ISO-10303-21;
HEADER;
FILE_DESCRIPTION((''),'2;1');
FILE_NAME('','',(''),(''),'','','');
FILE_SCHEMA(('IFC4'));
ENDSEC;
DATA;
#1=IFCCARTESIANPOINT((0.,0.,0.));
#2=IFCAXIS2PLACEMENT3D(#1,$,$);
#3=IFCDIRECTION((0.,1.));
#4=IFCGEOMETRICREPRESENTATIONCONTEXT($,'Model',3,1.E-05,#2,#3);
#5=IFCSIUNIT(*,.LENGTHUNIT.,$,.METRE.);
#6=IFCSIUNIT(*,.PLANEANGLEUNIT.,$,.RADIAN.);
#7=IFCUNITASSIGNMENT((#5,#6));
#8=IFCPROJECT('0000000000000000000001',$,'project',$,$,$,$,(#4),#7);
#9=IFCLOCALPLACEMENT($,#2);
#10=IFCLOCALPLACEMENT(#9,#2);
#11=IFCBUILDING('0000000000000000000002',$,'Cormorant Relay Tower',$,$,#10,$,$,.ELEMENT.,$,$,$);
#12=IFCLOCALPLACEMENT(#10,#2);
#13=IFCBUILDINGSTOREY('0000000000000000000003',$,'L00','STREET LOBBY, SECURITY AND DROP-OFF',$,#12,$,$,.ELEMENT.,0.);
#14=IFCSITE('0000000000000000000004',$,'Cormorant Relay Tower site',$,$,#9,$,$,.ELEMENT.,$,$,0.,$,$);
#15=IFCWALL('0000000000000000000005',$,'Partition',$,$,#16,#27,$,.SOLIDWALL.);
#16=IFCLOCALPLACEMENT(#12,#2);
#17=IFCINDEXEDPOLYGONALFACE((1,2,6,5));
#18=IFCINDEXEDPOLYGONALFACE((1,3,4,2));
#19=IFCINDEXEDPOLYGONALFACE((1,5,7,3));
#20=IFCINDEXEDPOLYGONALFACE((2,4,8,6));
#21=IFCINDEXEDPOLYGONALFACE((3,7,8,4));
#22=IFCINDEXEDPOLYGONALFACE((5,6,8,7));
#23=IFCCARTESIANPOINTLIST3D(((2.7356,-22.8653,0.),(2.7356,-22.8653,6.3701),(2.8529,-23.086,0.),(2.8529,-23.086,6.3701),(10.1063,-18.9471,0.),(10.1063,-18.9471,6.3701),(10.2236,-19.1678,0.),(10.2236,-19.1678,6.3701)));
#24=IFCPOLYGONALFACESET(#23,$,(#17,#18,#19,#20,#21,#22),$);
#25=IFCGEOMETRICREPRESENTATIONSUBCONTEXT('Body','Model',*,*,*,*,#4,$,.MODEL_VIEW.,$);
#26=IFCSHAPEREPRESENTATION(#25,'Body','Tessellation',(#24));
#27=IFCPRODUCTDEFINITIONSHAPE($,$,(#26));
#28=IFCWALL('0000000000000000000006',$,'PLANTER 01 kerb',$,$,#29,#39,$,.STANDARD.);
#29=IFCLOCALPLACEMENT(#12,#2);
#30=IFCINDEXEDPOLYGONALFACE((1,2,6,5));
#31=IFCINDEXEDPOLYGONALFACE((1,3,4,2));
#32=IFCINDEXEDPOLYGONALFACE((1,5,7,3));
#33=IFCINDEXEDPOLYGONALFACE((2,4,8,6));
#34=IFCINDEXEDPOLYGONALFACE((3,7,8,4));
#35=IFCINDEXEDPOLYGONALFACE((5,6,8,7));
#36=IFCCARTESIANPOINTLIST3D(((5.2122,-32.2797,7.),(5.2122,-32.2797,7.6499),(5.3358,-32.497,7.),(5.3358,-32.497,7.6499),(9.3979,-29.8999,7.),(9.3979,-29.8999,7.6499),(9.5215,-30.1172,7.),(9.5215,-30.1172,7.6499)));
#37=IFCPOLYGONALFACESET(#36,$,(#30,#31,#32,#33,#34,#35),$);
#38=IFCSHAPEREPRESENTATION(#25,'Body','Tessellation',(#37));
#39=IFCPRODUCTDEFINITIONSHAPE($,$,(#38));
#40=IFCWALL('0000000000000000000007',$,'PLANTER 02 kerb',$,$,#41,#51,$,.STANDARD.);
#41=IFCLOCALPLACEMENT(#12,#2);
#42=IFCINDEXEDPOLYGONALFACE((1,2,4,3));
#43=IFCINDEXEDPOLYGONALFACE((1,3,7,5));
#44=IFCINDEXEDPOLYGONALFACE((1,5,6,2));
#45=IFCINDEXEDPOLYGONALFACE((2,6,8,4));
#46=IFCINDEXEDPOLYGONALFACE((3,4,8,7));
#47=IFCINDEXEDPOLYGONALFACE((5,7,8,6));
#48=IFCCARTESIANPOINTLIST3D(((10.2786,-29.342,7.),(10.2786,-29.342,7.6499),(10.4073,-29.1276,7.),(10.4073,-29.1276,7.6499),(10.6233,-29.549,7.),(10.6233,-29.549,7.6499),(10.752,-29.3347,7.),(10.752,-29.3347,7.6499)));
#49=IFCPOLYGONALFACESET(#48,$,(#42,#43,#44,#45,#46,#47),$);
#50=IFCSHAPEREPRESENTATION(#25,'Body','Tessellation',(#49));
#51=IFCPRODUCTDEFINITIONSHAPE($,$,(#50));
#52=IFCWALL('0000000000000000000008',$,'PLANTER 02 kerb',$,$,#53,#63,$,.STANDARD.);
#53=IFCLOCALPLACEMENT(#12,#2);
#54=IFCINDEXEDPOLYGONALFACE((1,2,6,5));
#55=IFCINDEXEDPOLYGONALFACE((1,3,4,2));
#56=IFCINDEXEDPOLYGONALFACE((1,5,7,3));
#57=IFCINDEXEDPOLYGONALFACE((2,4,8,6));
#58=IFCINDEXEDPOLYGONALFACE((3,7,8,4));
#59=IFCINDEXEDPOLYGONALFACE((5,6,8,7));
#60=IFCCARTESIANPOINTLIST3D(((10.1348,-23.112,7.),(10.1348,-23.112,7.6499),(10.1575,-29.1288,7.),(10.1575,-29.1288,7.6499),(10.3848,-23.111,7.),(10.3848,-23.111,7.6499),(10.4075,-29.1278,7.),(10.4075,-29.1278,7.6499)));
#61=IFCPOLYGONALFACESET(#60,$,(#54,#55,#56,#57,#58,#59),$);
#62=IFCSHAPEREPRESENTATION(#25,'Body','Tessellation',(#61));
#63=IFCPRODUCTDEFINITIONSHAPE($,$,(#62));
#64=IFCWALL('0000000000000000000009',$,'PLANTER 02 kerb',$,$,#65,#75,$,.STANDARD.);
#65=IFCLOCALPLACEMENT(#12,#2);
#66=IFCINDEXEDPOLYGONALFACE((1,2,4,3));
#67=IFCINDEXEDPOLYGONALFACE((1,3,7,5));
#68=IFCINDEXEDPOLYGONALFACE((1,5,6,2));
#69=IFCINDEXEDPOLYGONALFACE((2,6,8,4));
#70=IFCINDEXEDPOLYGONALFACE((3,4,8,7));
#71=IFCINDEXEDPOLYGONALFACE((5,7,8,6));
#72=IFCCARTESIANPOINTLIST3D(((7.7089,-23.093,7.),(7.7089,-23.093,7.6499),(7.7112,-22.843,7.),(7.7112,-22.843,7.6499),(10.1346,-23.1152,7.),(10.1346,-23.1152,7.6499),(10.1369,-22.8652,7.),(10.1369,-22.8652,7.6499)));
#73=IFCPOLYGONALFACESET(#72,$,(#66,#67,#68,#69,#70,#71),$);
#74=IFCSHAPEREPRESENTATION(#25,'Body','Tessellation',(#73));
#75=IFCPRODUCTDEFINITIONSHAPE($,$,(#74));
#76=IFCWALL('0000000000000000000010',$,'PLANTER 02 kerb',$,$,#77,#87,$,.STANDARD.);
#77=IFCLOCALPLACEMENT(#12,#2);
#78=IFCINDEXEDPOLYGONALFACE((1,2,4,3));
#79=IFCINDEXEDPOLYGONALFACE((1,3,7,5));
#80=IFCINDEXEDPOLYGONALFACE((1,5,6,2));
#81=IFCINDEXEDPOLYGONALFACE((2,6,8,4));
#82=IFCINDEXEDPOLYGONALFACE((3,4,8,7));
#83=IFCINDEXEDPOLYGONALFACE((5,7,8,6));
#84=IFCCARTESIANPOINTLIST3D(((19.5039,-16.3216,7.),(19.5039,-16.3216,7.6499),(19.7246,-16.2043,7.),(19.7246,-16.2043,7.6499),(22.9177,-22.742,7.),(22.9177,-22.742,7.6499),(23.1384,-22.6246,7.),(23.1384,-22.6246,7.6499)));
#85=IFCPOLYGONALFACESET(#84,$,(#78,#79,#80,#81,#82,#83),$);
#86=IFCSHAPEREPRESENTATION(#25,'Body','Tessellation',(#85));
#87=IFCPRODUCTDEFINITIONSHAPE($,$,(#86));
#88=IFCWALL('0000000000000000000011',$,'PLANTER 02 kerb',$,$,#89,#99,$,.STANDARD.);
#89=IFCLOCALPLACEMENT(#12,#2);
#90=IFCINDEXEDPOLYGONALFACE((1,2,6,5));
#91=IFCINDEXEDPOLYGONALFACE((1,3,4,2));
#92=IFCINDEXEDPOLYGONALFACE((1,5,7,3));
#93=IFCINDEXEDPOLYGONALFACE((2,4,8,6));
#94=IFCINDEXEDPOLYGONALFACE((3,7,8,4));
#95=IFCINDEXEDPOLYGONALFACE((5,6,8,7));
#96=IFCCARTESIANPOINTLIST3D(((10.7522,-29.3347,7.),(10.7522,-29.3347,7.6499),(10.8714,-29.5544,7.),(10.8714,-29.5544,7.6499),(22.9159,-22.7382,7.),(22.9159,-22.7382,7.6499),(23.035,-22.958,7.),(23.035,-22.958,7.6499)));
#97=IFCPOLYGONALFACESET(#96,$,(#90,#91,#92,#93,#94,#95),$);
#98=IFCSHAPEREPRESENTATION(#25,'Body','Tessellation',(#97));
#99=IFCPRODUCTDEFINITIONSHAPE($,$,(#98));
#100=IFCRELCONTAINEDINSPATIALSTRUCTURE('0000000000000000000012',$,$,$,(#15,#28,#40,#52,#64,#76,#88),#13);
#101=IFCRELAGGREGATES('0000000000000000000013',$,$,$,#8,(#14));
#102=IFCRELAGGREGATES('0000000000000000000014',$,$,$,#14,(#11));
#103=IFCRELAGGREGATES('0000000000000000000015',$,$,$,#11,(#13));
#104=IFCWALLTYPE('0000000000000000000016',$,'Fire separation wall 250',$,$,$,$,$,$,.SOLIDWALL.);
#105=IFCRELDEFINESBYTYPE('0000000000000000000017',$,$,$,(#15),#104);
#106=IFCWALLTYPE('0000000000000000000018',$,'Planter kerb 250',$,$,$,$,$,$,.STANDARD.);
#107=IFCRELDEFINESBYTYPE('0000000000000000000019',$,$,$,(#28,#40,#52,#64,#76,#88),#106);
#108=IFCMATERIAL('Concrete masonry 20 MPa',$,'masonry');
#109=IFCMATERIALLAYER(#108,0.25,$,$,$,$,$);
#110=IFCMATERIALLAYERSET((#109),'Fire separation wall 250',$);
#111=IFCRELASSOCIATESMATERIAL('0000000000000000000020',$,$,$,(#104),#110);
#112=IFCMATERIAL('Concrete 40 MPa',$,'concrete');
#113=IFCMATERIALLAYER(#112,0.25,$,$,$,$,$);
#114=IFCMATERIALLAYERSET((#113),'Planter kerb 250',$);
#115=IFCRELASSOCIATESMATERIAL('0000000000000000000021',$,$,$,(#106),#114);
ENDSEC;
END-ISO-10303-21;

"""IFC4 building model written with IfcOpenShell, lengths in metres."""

from ifc_helpers import new_model, si_unit, direction, frame, frame_2d, origin, place, context, subcontext, project, spatial, rectangle, extrude, material, layer, layer_set, type_object, element, save


model = new_model("IFC4")

# Units and contexts
model_context = context("Model", 3, precision=1e-05, world=origin(), true_north=direction((0.0, 1.0)))
body_context = subcontext(model_context, "Body", "Model", "MODEL_VIEW")
ifc_project = project(units=[si_unit("LENGTHUNIT", "METRE"), si_unit("PLANEANGLEUNIT", "RADIAN")], contexts=[model_context])

# Site, building, storey
site_placement = place(None, origin())
site = spatial("IfcSite", under=ifc_project, at=site_placement, Name="Cormorant Relay Tower site", CompositionType="ELEMENT", RefElevation=0.0)
building_placement = place(site_placement, origin())
building = spatial("IfcBuilding", under=site, at=building_placement, Name="Cormorant Relay Tower", CompositionType="ELEMENT")
storey_placement = place(building_placement, origin())
storey = spatial("IfcBuildingStorey", under=building, at=storey_placement, Name="L00", Description="STREET LOBBY, SECURITY AND DROP-OFF", CompositionType="ELEMENT", Elevation=0.0)

# Shared definitions
ifc_material_1 = material(Name="Concrete masonry 20 MPa", Category="masonry")
ifc_layer_1 = layer(ifc_material_1, 0.25)
ifc_layer_set_1 = layer_set([ifc_layer_1], Name="Fire separation wall 250")
wall_type_1 = type_object("IfcWallType", Name="Fire separation wall 250", PredefinedType="SOLIDWALL", material=ifc_layer_set_1)

# Walls
wall_1_placement = place(storey_placement, frame((10.165, -19.0574, 0.0), z_axis=(0.0, 0.0, 1.0), x_axis=(-0.882988, -0.469396, 0.0)))
element("IfcWall", 1, at=wall_1_placement, inside=storey, type_object=wall_type_1, Name="Partition", PredefinedType="SOLIDWALL", context=body_context, shape_type="SweptSolid", body=[
    extrude(rectangle(XDim=8.3474, YDim=0.25, at=frame_2d((4.1738, 0.0))), origin(), (0.0, 0.0, 1.0), 6.3701),
])
ifc_material_2 = material(Name="Concrete 40 MPa", Category="concrete")
ifc_layer_2 = layer(ifc_material_2, 0.25)
ifc_layer_set_2 = layer_set([ifc_layer_2], Name="Planter kerb 250")
wall_type_2 = type_object("IfcWallType", Name="Planter kerb 250", PredefinedType="STANDARD", material=ifc_layer_set_2)
wall_2_placement = place(storey_placement, frame((9.4597, -30.0085, 7.0), z_axis=(0.0, 0.0, 1.0), x_axis=(-0.869314, -0.494259, 0.0)))
element("IfcWall", 2, at=wall_2_placement, inside=storey, type_object=wall_type_2, Name="PLANTER 01 kerb", PredefinedType="STANDARD", context=body_context, shape_type="SweptSolid", body=[
    extrude(rectangle(XDim=4.8149, YDim=0.25, at=frame_2d((2.4075, 0.0))), origin(), (0.0, 0.0, 1.0), 0.6499),
])
wall_3_placement = place(storey_placement, frame((10.6877, -29.4419, 7.0), z_axis=(0.0, 0.0, 1.0), x_axis=(-0.857279, 0.514853, 0.0)))
element("IfcWall", 3, at=wall_3_placement, inside=storey, type_object=wall_type_2, Name="PLANTER 02 kerb", PredefinedType="STANDARD", context=body_context, shape_type="SweptSolid", body=[
    extrude(rectangle(XDim=0.4021, YDim=0.25, at=frame_2d((0.2012, 0.0))), origin(), (0.0, 0.0, 1.0), 0.6499),
])
wall_4_placement = place(storey_placement, frame((10.2825, -29.1282, 7.0), z_axis=(0.0, 0.0, 1.0), x_axis=(-0.003774, 0.999993, 0.0)))
element("IfcWall", 4, at=wall_4_placement, inside=storey, type_object=wall_type_2, Name="PLANTER 02 kerb", PredefinedType="STANDARD", context=body_context, shape_type="SweptSolid", body=[
    extrude(rectangle(XDim=6.0168, YDim=0.25, at=frame_2d((3.0083, 0.0))), origin(), (0.0, 0.0, 1.0), 0.6499),
])
wall_5_placement = place(storey_placement, frame((10.1357, -22.9902, 7.0), z_axis=(0.0, 0.0, 1.0), x_axis=(-0.999958, 0.009158, 0.0)))
element("IfcWall", 5, at=wall_5_placement, inside=storey, type_object=wall_type_2, Name="PLANTER 02 kerb", PredefinedType="STANDARD", context=body_context, shape_type="SweptSolid", body=[
    extrude(rectangle(XDim=2.4258, YDim=0.25, at=frame_2d((1.2129, 0.0))), origin(), (0.0, 0.0, 1.0), 0.6499),
])
wall_6_placement = place(storey_placement, frame((19.6143, -16.2629, 7.0), z_axis=(0.0, 0.0, 1.0), x_axis=(0.469474, -0.882946, 0.0)))
element("IfcWall", 6, at=wall_6_placement, inside=storey, type_object=wall_type_2, Name="PLANTER 02 kerb", PredefinedType="STANDARD", context=body_context, shape_type="SweptSolid", body=[
    extrude(rectangle(XDim=7.2715, YDim=0.25, at=frame_2d((3.6357, 0.0))), origin(), (0.0, 0.0, 1.0), 0.6499),
])
wall_7_placement = place(storey_placement, frame((22.9753, -22.8481, 7.0), z_axis=(0.0, 0.0, 1.0), x_axis=(-0.879055, -0.476721, 0.0)))
element("IfcWall", 7, at=wall_7_placement, inside=storey, type_object=wall_type_2, Name="PLANTER 02 kerb", PredefinedType="STANDARD", context=body_context, shape_type="SweptSolid", body=[
    extrude(rectangle(XDim=13.8372, YDim=0.25, at=frame_2d((6.9185, 0.0))), origin(), (0.0, 0.0, 1.0), 0.6499),
])

save(model, "model.ifc")
